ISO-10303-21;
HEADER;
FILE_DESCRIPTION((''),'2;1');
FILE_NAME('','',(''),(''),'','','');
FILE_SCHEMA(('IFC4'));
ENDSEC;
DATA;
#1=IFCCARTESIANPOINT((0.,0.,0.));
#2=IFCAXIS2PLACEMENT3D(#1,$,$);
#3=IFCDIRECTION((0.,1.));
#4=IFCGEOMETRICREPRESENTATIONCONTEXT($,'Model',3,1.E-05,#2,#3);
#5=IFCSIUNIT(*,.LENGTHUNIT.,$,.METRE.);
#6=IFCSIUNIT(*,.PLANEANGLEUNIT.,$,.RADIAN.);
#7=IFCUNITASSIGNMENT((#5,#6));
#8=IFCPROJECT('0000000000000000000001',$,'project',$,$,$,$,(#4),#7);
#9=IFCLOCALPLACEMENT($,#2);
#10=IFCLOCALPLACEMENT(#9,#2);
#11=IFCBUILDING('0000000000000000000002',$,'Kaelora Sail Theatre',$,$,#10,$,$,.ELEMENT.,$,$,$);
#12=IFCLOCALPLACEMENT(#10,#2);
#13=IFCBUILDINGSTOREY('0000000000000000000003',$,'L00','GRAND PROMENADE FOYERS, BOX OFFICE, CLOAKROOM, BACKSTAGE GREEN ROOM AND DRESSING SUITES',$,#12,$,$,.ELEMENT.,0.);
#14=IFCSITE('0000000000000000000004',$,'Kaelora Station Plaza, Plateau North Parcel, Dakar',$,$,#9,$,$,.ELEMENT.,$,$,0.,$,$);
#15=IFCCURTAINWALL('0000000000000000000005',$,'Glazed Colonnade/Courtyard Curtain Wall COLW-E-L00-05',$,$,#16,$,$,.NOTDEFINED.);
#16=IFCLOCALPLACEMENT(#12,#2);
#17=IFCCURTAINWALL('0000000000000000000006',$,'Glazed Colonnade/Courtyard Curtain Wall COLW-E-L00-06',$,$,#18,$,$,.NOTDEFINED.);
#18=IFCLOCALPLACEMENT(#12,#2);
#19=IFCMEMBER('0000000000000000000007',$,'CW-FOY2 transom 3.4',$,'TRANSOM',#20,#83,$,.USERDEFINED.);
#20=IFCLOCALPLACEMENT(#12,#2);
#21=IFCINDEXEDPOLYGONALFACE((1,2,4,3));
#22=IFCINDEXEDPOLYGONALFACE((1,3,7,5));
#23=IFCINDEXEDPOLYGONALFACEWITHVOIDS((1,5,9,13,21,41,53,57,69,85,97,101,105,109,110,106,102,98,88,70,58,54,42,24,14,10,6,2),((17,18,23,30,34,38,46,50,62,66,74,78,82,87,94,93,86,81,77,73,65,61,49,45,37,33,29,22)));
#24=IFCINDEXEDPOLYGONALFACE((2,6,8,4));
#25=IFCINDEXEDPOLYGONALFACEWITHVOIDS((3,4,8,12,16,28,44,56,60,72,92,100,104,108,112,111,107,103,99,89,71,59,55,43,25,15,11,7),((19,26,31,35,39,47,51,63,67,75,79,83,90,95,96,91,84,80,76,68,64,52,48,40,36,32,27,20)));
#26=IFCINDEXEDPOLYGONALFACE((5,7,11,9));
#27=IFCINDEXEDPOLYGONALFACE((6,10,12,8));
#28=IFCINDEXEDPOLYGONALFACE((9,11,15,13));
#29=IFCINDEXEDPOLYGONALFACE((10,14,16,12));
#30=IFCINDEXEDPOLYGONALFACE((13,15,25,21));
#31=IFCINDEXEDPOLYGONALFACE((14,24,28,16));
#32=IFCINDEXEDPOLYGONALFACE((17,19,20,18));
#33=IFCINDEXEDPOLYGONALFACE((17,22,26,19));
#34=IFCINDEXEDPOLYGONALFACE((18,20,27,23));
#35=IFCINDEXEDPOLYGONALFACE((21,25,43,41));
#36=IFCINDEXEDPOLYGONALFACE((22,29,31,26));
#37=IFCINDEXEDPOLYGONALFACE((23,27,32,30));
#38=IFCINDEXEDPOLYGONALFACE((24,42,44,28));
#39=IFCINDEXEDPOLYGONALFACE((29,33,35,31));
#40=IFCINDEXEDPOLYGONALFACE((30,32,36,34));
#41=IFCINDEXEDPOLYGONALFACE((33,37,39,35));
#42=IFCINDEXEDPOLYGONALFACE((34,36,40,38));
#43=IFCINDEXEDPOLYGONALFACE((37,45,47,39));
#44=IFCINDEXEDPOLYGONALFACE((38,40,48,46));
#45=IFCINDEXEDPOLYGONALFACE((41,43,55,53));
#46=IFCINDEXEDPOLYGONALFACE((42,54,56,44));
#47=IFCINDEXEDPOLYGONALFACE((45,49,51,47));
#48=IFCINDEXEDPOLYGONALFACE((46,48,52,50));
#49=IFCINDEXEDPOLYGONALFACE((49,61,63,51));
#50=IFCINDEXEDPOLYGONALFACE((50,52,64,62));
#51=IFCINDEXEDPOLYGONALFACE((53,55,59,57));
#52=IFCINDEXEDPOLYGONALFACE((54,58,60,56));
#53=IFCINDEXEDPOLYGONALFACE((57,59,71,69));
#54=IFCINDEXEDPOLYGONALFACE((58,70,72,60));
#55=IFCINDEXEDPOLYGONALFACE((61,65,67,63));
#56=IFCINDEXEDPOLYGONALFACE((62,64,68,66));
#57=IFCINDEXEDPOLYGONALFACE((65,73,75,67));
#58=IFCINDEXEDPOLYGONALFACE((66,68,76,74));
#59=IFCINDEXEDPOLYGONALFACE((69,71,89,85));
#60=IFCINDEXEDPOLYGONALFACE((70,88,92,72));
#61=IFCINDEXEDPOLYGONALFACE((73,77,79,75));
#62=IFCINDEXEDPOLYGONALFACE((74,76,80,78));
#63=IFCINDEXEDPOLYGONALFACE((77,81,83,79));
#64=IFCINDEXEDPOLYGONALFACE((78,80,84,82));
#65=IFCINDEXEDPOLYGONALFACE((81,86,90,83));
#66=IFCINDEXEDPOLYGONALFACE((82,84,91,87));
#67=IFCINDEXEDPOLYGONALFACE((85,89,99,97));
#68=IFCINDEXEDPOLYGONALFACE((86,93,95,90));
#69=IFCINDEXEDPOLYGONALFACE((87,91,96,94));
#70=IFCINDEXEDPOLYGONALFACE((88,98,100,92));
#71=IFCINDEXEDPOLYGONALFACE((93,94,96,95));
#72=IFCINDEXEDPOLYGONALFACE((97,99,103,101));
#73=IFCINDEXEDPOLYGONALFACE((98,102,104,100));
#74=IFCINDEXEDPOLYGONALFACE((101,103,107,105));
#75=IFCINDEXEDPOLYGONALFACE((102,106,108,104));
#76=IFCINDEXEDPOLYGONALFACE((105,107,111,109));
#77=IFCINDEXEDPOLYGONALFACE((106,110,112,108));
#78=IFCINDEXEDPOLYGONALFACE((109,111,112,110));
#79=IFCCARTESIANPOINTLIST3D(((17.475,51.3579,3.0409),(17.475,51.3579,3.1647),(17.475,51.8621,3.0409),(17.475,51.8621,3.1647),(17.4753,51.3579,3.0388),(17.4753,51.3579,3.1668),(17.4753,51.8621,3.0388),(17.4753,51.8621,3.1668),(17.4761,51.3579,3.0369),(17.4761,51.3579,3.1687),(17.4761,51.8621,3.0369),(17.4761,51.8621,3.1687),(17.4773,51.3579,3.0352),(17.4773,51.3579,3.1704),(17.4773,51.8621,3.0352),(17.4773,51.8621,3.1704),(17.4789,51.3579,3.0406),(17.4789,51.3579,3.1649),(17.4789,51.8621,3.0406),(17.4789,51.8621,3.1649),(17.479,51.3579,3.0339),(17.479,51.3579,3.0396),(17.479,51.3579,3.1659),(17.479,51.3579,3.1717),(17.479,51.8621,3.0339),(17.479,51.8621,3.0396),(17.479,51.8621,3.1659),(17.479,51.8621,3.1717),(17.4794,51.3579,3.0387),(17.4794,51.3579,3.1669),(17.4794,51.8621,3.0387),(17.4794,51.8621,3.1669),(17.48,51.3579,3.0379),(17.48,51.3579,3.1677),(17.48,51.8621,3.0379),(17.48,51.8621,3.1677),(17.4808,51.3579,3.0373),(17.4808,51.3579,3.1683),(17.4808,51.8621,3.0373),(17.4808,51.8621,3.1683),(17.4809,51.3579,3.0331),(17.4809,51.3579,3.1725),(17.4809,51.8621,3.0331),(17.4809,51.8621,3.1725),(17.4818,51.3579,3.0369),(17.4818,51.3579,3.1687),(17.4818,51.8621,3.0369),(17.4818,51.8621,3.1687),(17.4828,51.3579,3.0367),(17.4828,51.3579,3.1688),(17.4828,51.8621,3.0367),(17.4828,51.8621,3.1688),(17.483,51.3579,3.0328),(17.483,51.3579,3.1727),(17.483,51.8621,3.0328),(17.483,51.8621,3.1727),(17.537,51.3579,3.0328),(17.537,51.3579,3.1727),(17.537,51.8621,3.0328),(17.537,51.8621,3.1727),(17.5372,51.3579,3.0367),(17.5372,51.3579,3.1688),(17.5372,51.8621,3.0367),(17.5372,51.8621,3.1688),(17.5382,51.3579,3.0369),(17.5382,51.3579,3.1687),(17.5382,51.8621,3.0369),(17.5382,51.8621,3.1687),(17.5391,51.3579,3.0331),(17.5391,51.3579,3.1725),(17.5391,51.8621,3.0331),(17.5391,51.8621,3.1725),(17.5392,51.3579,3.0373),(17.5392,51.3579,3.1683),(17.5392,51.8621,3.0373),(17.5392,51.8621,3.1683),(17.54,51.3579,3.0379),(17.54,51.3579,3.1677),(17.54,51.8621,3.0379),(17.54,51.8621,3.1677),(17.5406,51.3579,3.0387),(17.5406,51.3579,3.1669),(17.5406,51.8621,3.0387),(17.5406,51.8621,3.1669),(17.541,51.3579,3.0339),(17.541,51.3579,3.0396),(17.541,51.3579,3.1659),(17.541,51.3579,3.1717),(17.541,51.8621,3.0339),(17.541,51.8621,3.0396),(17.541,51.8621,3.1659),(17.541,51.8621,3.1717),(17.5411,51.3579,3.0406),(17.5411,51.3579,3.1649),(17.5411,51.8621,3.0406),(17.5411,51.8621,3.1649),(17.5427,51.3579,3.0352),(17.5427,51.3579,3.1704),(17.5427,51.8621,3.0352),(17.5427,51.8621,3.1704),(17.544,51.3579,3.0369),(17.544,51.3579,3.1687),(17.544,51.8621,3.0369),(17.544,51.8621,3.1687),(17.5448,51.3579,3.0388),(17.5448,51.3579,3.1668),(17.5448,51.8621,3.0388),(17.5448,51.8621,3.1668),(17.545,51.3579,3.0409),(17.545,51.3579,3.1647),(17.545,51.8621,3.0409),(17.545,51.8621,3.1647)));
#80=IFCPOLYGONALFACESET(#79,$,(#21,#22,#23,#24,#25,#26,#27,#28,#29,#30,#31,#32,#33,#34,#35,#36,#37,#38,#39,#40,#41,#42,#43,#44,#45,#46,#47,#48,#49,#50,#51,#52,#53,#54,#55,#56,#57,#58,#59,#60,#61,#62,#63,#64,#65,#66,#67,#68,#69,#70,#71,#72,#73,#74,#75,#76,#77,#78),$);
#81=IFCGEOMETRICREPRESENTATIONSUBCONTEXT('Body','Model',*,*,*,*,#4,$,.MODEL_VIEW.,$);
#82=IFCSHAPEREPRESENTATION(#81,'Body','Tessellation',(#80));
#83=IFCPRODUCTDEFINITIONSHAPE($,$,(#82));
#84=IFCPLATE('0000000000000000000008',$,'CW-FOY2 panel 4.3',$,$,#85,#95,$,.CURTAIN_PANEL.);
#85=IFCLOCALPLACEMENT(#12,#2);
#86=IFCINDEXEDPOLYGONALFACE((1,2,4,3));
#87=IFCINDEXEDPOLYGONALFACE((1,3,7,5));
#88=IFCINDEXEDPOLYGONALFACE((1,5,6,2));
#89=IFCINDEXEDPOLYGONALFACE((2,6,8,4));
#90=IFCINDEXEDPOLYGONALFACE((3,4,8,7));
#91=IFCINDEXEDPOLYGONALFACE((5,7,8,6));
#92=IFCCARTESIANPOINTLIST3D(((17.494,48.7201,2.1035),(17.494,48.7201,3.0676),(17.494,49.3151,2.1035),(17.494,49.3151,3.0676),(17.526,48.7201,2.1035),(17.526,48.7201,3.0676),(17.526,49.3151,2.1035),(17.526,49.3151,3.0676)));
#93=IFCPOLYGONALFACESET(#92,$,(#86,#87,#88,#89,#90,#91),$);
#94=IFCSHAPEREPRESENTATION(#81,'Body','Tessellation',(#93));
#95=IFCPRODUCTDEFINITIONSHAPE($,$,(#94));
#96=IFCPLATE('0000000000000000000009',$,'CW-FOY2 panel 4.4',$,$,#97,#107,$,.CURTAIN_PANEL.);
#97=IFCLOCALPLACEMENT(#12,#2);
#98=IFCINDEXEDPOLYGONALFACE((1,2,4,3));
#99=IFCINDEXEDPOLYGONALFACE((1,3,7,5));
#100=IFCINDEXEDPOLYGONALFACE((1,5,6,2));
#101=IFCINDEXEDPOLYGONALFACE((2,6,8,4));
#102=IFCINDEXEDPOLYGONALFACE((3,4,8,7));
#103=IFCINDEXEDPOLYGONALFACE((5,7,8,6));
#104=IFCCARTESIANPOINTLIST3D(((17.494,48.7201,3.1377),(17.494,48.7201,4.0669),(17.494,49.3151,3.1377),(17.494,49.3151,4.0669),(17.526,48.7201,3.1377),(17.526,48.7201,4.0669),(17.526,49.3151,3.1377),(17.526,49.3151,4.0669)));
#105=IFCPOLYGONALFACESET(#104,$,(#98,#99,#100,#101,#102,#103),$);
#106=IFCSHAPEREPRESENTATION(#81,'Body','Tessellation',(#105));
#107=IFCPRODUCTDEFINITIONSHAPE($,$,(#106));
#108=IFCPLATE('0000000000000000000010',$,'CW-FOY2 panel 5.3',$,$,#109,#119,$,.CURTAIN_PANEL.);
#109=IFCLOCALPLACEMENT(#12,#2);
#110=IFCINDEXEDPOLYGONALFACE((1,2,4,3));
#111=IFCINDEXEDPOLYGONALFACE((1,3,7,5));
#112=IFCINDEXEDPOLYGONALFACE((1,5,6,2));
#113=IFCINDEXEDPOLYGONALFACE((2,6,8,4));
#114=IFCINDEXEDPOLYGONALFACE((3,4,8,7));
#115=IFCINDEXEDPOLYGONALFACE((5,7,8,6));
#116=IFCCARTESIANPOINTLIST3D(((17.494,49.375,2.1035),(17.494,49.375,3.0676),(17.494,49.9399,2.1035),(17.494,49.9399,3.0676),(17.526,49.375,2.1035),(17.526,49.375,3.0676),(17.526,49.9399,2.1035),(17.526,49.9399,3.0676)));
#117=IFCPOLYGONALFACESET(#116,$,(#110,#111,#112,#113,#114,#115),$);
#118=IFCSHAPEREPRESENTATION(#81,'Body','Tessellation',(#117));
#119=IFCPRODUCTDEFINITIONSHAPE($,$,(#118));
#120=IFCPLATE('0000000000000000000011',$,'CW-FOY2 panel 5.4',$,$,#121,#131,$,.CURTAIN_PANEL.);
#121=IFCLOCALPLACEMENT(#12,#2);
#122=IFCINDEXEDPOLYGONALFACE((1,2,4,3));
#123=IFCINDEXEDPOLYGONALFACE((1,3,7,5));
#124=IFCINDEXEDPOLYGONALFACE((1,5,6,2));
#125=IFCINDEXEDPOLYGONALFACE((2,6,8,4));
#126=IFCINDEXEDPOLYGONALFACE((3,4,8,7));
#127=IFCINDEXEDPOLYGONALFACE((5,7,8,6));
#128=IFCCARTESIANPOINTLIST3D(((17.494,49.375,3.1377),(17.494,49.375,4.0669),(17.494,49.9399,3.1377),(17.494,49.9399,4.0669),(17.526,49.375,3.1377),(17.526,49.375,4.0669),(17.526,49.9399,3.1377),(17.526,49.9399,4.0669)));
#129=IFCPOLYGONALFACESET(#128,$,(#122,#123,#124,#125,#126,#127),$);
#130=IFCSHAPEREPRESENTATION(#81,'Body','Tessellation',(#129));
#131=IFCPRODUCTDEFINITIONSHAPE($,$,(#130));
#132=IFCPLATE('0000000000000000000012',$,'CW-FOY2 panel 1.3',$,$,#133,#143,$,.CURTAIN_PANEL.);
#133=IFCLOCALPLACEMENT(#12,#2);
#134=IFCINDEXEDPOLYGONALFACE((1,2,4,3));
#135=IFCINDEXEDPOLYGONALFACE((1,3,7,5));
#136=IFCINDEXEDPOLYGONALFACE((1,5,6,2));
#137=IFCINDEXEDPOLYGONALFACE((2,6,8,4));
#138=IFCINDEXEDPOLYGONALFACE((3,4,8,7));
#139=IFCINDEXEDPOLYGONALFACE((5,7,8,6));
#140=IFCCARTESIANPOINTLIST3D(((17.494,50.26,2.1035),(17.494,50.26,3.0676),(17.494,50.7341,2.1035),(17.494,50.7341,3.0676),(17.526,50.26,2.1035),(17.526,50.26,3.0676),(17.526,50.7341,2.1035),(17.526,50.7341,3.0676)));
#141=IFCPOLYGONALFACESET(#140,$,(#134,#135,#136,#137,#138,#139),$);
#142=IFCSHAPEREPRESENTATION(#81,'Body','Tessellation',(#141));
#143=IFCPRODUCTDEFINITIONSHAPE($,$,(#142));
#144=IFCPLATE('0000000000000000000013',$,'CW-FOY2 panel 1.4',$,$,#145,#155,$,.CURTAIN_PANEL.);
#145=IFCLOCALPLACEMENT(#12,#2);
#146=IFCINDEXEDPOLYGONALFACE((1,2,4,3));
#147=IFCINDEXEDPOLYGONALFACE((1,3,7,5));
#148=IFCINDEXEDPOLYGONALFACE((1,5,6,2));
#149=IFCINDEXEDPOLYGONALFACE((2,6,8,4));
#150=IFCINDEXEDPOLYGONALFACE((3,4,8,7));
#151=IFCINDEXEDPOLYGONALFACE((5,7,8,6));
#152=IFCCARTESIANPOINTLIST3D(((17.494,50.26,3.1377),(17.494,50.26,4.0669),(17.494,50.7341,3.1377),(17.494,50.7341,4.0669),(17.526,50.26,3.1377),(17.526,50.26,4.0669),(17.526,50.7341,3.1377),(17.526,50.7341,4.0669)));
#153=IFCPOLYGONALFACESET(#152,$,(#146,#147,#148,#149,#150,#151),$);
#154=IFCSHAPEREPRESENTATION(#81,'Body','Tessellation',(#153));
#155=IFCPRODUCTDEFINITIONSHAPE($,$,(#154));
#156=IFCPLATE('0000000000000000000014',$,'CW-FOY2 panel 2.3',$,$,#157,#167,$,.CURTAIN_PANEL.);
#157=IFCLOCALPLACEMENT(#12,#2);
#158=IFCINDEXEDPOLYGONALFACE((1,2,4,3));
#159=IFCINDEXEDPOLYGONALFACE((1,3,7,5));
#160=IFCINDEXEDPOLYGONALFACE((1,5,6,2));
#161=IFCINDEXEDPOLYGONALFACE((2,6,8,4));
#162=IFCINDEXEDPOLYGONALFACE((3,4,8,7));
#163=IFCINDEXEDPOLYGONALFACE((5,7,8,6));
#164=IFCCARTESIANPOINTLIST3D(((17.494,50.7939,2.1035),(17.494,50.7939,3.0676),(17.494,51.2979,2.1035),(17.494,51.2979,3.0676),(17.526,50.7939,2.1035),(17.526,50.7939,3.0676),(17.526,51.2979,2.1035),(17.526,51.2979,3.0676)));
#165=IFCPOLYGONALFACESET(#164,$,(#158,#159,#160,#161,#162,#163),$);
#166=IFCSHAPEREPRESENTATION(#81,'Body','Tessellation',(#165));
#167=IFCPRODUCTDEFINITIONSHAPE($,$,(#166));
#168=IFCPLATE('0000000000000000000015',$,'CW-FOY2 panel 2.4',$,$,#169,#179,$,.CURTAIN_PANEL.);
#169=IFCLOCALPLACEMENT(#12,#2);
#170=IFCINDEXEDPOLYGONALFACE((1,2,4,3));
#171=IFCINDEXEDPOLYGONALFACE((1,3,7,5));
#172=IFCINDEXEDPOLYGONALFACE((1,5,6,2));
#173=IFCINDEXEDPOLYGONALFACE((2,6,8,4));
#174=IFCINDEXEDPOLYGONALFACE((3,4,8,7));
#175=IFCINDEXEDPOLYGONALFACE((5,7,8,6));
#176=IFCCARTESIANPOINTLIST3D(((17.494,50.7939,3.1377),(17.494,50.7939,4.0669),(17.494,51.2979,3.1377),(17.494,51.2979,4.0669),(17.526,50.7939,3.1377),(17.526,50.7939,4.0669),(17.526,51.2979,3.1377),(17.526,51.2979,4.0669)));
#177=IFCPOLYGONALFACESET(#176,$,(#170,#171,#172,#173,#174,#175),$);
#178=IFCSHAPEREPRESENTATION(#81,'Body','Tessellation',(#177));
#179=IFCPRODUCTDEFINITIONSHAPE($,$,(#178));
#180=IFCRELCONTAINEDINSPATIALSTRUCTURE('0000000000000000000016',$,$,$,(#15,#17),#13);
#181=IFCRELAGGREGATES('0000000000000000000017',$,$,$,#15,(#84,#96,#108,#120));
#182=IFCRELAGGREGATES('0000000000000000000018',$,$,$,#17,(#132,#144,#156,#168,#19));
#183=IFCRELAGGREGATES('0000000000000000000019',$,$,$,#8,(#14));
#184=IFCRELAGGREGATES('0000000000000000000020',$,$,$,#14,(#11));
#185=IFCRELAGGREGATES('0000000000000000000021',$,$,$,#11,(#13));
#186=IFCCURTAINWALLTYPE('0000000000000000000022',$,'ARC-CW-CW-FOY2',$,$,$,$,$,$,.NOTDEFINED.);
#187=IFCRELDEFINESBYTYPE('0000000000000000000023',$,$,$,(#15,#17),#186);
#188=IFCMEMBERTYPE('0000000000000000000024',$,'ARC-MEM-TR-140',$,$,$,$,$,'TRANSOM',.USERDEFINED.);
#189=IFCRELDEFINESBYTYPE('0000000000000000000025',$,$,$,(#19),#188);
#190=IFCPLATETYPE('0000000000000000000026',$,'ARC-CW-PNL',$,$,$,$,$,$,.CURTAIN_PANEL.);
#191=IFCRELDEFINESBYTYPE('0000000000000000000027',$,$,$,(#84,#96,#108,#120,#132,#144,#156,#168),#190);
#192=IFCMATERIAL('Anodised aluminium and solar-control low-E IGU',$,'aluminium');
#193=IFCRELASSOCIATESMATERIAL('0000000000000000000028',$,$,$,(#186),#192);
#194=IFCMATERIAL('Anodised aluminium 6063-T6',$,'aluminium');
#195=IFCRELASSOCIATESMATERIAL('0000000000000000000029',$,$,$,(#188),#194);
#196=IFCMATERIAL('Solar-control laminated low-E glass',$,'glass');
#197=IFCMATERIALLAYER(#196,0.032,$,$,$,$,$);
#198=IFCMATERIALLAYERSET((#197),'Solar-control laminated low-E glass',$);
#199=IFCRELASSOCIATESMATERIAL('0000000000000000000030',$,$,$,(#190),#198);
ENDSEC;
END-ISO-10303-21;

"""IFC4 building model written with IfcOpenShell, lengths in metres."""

from ifc_helpers import new_model, si_unit, direction, frame, origin, origin_2d, place, context, subcontext, project, spatial, rectangle, hollow_rectangle, extrude, material, layer, layer_set, material_profile, profile_set, type_object, element, aggregate, save


model = new_model("IFC4")

# Units and contexts
model_context = context("Model", 3, precision=1e-05, world=origin(), true_north=direction((0.0, 1.0)))
body_context = subcontext(model_context, "Body", "Model", "MODEL_VIEW")
ifc_project = project(units=[si_unit("LENGTHUNIT", "METRE"), si_unit("PLANEANGLEUNIT", "RADIAN")], contexts=[model_context])

# Site, building, storey
site_placement = place(None, origin())
site = spatial("IfcSite", under=ifc_project, at=site_placement, Name="Kaelora Station Plaza, Plateau North Parcel, Dakar", CompositionType="ELEMENT", RefElevation=0.0)
building_placement = place(site_placement, origin())
building = spatial("IfcBuilding", under=site, at=building_placement, Name="Kaelora Sail Theatre", CompositionType="ELEMENT")
storey_placement = place(building_placement, origin())
storey = spatial("IfcBuildingStorey", under=building, at=storey_placement, Name="L00", Description="GRAND PROMENADE FOYERS, BOX OFFICE, CLOAKROOM, BACKSTAGE GREEN ROOM AND DRESSING SUITES", CompositionType="ELEMENT", Elevation=0.0)

# Curtain walls, member
ifc_material_1 = material(Name="Anodised aluminium and solar-control low-E IGU", Category="aluminium")
curtain_wall_type = type_object("IfcCurtainWallType", Name="ARC-CW-CW-FOY2", PredefinedType="NOTDEFINED", material=ifc_material_1)
curtain_wall_1_placement = place(storey_placement, origin())
curtain_wall_1 = element("IfcCurtainWall", 1, at=curtain_wall_1_placement, inside=storey, type_object=curtain_wall_type, Name="Glazed Colonnade/Courtyard Curtain Wall COLW-E-L00-05", PredefinedType="NOTDEFINED")
ifc_material_2 = material(Name="Anodised aluminium 6063-T6", Category="aluminium")
ifc_material_profile = material_profile(ifc_material_2, hollow_rectangle(XDim=0.0701, YDim=0.1399, WallThickness=0.0039, InnerFilletRadius=0.0039, OuterFilletRadius=0.0081, at=origin_2d()), Name="ALU-TRAN 70x140x4")
ifc_profile_set = profile_set([ifc_material_profile], Name="Anodised aluminium 6063-T6")
member_type = type_object("IfcMemberType", Name="ARC-MEM-TR-140", ElementType="TRANSOM", PredefinedType="USERDEFINED", material=ifc_profile_set)
curtain_wall_2_placement = place(storey_placement, origin())
curtain_wall_2 = element("IfcCurtainWall", 2, at=curtain_wall_2_placement, inside=storey, type_object=curtain_wall_type, Name="Glazed Colonnade/Courtyard Curtain Wall COLW-E-L00-06", PredefinedType="NOTDEFINED")
member_1_placement = place(storey_placement, frame((17.51, 51.3579, 3.1028), z_axis=(0.0, 1.0, 0.0), x_axis=(-1.0, 0.0, 0.0)))
member_1 = element("IfcMember", 3, at=member_1_placement, type_object=member_type, Name="CW-FOY2 transom 3.4", ObjectType="TRANSOM", PredefinedType="USERDEFINED", context=body_context, shape_type="SweptSolid", body=[
    extrude(hollow_rectangle(XDim=0.0701, YDim=0.1399, WallThickness=0.0039, InnerFilletRadius=0.0039, OuterFilletRadius=0.0081, at=origin_2d()), origin(), (0.0, 0.0, 1.0), 0.5042),
])

# Plates
ifc_material_3 = material(Name="Solar-control laminated low-E glass", Category="glass")
ifc_layer = layer(ifc_material_3, 0.032)
ifc_layer_set = layer_set([ifc_layer], Name="Solar-control laminated low-E glass")
plate_type = type_object("IfcPlateType", Name="ARC-CW-PNL", PredefinedType="CURTAIN_PANEL", material=ifc_layer_set)
plate_1_placement = place(storey_placement, frame((17.51, 49.0176, 2.1035), z_axis=(0.0, 0.0, 1.0), x_axis=(0.0, 1.0, 0.0)))
plate_1 = element("IfcPlate", 4, at=plate_1_placement, type_object=plate_type, Name="CW-FOY2 panel 4.3", PredefinedType="CURTAIN_PANEL", context=body_context, shape_type="SweptSolid", body=[
    extrude(rectangle(XDim=0.595, YDim=0.032, at=origin_2d()), origin(), (0.0, 0.0, 1.0), 0.9641),
])
plate_2_placement = place(storey_placement, frame((17.51, 49.0176, 3.1377), z_axis=(0.0, 0.0, 1.0), x_axis=(0.0, 1.0, 0.0)))
plate_2 = element("IfcPlate", 5, at=plate_2_placement, type_object=plate_type, Name="CW-FOY2 panel 4.4", PredefinedType="CURTAIN_PANEL", context=body_context, shape_type="SweptSolid", body=[
    extrude(rectangle(XDim=0.595, YDim=0.032, at=origin_2d()), origin(), (0.0, 0.0, 1.0), 0.9292),
])
plate_3_placement = place(storey_placement, frame((17.51, 49.6575, 2.1035), z_axis=(0.0, 0.0, 1.0), x_axis=(0.0, 1.0, 0.0)))
plate_3 = element("IfcPlate", 6, at=plate_3_placement, type_object=plate_type, Name="CW-FOY2 panel 5.3", PredefinedType="CURTAIN_PANEL", context=body_context, shape_type="SweptSolid", body=[
    extrude(rectangle(XDim=0.5649, YDim=0.032, at=origin_2d()), origin(), (0.0, 0.0, 1.0), 0.9641),
])
plate_4_placement = place(storey_placement, frame((17.51, 49.6575, 3.1377), z_axis=(0.0, 0.0, 1.0), x_axis=(0.0, 1.0, 0.0)))
plate_4 = element("IfcPlate", 7, at=plate_4_placement, type_object=plate_type, Name="CW-FOY2 panel 5.4", PredefinedType="CURTAIN_PANEL", context=body_context, shape_type="SweptSolid", body=[
    extrude(rectangle(XDim=0.5649, YDim=0.032, at=origin_2d()), origin(), (0.0, 0.0, 1.0), 0.9292),
])
aggregate(curtain_wall_1, [plate_1, plate_2, plate_3, plate_4])
plate_5_placement = place(storey_placement, frame((17.51, 50.4971, 2.1035), z_axis=(0.0, 0.0, 1.0), x_axis=(0.0, 1.0, 0.0)))
plate_5 = element("IfcPlate", 8, at=plate_5_placement, type_object=plate_type, Name="CW-FOY2 panel 1.3", PredefinedType="CURTAIN_PANEL", context=body_context, shape_type="SweptSolid", body=[
    extrude(rectangle(XDim=0.4741, YDim=0.032, at=origin_2d()), origin(), (0.0, 0.0, 1.0), 0.9641),
])
plate_6_placement = place(storey_placement, frame((17.51, 50.4971, 3.1377), z_axis=(0.0, 0.0, 1.0), x_axis=(0.0, 1.0, 0.0)))
plate_6 = element("IfcPlate", 9, at=plate_6_placement, type_object=plate_type, Name="CW-FOY2 panel 1.4", PredefinedType="CURTAIN_PANEL", context=body_context, shape_type="SweptSolid", body=[
    extrude(rectangle(XDim=0.4741, YDim=0.032, at=origin_2d()), origin(), (0.0, 0.0, 1.0), 0.9292),
])
plate_7_placement = place(storey_placement, frame((17.51, 51.0459, 2.1035), z_axis=(0.0, 0.0, 1.0), x_axis=(0.0, 1.0, 0.0)))
plate_7 = element("IfcPlate", 10, at=plate_7_placement, type_object=plate_type, Name="CW-FOY2 panel 2.3", PredefinedType="CURTAIN_PANEL", context=body_context, shape_type="SweptSolid", body=[
    extrude(rectangle(XDim=0.5039, YDim=0.032, at=origin_2d()), origin(), (0.0, 0.0, 1.0), 0.9641),
])
plate_8_placement = place(storey_placement, frame((17.51, 51.0459, 3.1377), z_axis=(0.0, 0.0, 1.0), x_axis=(0.0, 1.0, 0.0)))
plate_8 = element("IfcPlate", 11, at=plate_8_placement, type_object=plate_type, Name="CW-FOY2 panel 2.4", PredefinedType="CURTAIN_PANEL", context=body_context, shape_type="SweptSolid", body=[
    extrude(rectangle(XDim=0.5039, YDim=0.032, at=origin_2d()), origin(), (0.0, 0.0, 1.0), 0.9292),
])
aggregate(curtain_wall_2, [plate_5, plate_6, plate_7, plate_8, member_1])

save(model, "model.ifc")
